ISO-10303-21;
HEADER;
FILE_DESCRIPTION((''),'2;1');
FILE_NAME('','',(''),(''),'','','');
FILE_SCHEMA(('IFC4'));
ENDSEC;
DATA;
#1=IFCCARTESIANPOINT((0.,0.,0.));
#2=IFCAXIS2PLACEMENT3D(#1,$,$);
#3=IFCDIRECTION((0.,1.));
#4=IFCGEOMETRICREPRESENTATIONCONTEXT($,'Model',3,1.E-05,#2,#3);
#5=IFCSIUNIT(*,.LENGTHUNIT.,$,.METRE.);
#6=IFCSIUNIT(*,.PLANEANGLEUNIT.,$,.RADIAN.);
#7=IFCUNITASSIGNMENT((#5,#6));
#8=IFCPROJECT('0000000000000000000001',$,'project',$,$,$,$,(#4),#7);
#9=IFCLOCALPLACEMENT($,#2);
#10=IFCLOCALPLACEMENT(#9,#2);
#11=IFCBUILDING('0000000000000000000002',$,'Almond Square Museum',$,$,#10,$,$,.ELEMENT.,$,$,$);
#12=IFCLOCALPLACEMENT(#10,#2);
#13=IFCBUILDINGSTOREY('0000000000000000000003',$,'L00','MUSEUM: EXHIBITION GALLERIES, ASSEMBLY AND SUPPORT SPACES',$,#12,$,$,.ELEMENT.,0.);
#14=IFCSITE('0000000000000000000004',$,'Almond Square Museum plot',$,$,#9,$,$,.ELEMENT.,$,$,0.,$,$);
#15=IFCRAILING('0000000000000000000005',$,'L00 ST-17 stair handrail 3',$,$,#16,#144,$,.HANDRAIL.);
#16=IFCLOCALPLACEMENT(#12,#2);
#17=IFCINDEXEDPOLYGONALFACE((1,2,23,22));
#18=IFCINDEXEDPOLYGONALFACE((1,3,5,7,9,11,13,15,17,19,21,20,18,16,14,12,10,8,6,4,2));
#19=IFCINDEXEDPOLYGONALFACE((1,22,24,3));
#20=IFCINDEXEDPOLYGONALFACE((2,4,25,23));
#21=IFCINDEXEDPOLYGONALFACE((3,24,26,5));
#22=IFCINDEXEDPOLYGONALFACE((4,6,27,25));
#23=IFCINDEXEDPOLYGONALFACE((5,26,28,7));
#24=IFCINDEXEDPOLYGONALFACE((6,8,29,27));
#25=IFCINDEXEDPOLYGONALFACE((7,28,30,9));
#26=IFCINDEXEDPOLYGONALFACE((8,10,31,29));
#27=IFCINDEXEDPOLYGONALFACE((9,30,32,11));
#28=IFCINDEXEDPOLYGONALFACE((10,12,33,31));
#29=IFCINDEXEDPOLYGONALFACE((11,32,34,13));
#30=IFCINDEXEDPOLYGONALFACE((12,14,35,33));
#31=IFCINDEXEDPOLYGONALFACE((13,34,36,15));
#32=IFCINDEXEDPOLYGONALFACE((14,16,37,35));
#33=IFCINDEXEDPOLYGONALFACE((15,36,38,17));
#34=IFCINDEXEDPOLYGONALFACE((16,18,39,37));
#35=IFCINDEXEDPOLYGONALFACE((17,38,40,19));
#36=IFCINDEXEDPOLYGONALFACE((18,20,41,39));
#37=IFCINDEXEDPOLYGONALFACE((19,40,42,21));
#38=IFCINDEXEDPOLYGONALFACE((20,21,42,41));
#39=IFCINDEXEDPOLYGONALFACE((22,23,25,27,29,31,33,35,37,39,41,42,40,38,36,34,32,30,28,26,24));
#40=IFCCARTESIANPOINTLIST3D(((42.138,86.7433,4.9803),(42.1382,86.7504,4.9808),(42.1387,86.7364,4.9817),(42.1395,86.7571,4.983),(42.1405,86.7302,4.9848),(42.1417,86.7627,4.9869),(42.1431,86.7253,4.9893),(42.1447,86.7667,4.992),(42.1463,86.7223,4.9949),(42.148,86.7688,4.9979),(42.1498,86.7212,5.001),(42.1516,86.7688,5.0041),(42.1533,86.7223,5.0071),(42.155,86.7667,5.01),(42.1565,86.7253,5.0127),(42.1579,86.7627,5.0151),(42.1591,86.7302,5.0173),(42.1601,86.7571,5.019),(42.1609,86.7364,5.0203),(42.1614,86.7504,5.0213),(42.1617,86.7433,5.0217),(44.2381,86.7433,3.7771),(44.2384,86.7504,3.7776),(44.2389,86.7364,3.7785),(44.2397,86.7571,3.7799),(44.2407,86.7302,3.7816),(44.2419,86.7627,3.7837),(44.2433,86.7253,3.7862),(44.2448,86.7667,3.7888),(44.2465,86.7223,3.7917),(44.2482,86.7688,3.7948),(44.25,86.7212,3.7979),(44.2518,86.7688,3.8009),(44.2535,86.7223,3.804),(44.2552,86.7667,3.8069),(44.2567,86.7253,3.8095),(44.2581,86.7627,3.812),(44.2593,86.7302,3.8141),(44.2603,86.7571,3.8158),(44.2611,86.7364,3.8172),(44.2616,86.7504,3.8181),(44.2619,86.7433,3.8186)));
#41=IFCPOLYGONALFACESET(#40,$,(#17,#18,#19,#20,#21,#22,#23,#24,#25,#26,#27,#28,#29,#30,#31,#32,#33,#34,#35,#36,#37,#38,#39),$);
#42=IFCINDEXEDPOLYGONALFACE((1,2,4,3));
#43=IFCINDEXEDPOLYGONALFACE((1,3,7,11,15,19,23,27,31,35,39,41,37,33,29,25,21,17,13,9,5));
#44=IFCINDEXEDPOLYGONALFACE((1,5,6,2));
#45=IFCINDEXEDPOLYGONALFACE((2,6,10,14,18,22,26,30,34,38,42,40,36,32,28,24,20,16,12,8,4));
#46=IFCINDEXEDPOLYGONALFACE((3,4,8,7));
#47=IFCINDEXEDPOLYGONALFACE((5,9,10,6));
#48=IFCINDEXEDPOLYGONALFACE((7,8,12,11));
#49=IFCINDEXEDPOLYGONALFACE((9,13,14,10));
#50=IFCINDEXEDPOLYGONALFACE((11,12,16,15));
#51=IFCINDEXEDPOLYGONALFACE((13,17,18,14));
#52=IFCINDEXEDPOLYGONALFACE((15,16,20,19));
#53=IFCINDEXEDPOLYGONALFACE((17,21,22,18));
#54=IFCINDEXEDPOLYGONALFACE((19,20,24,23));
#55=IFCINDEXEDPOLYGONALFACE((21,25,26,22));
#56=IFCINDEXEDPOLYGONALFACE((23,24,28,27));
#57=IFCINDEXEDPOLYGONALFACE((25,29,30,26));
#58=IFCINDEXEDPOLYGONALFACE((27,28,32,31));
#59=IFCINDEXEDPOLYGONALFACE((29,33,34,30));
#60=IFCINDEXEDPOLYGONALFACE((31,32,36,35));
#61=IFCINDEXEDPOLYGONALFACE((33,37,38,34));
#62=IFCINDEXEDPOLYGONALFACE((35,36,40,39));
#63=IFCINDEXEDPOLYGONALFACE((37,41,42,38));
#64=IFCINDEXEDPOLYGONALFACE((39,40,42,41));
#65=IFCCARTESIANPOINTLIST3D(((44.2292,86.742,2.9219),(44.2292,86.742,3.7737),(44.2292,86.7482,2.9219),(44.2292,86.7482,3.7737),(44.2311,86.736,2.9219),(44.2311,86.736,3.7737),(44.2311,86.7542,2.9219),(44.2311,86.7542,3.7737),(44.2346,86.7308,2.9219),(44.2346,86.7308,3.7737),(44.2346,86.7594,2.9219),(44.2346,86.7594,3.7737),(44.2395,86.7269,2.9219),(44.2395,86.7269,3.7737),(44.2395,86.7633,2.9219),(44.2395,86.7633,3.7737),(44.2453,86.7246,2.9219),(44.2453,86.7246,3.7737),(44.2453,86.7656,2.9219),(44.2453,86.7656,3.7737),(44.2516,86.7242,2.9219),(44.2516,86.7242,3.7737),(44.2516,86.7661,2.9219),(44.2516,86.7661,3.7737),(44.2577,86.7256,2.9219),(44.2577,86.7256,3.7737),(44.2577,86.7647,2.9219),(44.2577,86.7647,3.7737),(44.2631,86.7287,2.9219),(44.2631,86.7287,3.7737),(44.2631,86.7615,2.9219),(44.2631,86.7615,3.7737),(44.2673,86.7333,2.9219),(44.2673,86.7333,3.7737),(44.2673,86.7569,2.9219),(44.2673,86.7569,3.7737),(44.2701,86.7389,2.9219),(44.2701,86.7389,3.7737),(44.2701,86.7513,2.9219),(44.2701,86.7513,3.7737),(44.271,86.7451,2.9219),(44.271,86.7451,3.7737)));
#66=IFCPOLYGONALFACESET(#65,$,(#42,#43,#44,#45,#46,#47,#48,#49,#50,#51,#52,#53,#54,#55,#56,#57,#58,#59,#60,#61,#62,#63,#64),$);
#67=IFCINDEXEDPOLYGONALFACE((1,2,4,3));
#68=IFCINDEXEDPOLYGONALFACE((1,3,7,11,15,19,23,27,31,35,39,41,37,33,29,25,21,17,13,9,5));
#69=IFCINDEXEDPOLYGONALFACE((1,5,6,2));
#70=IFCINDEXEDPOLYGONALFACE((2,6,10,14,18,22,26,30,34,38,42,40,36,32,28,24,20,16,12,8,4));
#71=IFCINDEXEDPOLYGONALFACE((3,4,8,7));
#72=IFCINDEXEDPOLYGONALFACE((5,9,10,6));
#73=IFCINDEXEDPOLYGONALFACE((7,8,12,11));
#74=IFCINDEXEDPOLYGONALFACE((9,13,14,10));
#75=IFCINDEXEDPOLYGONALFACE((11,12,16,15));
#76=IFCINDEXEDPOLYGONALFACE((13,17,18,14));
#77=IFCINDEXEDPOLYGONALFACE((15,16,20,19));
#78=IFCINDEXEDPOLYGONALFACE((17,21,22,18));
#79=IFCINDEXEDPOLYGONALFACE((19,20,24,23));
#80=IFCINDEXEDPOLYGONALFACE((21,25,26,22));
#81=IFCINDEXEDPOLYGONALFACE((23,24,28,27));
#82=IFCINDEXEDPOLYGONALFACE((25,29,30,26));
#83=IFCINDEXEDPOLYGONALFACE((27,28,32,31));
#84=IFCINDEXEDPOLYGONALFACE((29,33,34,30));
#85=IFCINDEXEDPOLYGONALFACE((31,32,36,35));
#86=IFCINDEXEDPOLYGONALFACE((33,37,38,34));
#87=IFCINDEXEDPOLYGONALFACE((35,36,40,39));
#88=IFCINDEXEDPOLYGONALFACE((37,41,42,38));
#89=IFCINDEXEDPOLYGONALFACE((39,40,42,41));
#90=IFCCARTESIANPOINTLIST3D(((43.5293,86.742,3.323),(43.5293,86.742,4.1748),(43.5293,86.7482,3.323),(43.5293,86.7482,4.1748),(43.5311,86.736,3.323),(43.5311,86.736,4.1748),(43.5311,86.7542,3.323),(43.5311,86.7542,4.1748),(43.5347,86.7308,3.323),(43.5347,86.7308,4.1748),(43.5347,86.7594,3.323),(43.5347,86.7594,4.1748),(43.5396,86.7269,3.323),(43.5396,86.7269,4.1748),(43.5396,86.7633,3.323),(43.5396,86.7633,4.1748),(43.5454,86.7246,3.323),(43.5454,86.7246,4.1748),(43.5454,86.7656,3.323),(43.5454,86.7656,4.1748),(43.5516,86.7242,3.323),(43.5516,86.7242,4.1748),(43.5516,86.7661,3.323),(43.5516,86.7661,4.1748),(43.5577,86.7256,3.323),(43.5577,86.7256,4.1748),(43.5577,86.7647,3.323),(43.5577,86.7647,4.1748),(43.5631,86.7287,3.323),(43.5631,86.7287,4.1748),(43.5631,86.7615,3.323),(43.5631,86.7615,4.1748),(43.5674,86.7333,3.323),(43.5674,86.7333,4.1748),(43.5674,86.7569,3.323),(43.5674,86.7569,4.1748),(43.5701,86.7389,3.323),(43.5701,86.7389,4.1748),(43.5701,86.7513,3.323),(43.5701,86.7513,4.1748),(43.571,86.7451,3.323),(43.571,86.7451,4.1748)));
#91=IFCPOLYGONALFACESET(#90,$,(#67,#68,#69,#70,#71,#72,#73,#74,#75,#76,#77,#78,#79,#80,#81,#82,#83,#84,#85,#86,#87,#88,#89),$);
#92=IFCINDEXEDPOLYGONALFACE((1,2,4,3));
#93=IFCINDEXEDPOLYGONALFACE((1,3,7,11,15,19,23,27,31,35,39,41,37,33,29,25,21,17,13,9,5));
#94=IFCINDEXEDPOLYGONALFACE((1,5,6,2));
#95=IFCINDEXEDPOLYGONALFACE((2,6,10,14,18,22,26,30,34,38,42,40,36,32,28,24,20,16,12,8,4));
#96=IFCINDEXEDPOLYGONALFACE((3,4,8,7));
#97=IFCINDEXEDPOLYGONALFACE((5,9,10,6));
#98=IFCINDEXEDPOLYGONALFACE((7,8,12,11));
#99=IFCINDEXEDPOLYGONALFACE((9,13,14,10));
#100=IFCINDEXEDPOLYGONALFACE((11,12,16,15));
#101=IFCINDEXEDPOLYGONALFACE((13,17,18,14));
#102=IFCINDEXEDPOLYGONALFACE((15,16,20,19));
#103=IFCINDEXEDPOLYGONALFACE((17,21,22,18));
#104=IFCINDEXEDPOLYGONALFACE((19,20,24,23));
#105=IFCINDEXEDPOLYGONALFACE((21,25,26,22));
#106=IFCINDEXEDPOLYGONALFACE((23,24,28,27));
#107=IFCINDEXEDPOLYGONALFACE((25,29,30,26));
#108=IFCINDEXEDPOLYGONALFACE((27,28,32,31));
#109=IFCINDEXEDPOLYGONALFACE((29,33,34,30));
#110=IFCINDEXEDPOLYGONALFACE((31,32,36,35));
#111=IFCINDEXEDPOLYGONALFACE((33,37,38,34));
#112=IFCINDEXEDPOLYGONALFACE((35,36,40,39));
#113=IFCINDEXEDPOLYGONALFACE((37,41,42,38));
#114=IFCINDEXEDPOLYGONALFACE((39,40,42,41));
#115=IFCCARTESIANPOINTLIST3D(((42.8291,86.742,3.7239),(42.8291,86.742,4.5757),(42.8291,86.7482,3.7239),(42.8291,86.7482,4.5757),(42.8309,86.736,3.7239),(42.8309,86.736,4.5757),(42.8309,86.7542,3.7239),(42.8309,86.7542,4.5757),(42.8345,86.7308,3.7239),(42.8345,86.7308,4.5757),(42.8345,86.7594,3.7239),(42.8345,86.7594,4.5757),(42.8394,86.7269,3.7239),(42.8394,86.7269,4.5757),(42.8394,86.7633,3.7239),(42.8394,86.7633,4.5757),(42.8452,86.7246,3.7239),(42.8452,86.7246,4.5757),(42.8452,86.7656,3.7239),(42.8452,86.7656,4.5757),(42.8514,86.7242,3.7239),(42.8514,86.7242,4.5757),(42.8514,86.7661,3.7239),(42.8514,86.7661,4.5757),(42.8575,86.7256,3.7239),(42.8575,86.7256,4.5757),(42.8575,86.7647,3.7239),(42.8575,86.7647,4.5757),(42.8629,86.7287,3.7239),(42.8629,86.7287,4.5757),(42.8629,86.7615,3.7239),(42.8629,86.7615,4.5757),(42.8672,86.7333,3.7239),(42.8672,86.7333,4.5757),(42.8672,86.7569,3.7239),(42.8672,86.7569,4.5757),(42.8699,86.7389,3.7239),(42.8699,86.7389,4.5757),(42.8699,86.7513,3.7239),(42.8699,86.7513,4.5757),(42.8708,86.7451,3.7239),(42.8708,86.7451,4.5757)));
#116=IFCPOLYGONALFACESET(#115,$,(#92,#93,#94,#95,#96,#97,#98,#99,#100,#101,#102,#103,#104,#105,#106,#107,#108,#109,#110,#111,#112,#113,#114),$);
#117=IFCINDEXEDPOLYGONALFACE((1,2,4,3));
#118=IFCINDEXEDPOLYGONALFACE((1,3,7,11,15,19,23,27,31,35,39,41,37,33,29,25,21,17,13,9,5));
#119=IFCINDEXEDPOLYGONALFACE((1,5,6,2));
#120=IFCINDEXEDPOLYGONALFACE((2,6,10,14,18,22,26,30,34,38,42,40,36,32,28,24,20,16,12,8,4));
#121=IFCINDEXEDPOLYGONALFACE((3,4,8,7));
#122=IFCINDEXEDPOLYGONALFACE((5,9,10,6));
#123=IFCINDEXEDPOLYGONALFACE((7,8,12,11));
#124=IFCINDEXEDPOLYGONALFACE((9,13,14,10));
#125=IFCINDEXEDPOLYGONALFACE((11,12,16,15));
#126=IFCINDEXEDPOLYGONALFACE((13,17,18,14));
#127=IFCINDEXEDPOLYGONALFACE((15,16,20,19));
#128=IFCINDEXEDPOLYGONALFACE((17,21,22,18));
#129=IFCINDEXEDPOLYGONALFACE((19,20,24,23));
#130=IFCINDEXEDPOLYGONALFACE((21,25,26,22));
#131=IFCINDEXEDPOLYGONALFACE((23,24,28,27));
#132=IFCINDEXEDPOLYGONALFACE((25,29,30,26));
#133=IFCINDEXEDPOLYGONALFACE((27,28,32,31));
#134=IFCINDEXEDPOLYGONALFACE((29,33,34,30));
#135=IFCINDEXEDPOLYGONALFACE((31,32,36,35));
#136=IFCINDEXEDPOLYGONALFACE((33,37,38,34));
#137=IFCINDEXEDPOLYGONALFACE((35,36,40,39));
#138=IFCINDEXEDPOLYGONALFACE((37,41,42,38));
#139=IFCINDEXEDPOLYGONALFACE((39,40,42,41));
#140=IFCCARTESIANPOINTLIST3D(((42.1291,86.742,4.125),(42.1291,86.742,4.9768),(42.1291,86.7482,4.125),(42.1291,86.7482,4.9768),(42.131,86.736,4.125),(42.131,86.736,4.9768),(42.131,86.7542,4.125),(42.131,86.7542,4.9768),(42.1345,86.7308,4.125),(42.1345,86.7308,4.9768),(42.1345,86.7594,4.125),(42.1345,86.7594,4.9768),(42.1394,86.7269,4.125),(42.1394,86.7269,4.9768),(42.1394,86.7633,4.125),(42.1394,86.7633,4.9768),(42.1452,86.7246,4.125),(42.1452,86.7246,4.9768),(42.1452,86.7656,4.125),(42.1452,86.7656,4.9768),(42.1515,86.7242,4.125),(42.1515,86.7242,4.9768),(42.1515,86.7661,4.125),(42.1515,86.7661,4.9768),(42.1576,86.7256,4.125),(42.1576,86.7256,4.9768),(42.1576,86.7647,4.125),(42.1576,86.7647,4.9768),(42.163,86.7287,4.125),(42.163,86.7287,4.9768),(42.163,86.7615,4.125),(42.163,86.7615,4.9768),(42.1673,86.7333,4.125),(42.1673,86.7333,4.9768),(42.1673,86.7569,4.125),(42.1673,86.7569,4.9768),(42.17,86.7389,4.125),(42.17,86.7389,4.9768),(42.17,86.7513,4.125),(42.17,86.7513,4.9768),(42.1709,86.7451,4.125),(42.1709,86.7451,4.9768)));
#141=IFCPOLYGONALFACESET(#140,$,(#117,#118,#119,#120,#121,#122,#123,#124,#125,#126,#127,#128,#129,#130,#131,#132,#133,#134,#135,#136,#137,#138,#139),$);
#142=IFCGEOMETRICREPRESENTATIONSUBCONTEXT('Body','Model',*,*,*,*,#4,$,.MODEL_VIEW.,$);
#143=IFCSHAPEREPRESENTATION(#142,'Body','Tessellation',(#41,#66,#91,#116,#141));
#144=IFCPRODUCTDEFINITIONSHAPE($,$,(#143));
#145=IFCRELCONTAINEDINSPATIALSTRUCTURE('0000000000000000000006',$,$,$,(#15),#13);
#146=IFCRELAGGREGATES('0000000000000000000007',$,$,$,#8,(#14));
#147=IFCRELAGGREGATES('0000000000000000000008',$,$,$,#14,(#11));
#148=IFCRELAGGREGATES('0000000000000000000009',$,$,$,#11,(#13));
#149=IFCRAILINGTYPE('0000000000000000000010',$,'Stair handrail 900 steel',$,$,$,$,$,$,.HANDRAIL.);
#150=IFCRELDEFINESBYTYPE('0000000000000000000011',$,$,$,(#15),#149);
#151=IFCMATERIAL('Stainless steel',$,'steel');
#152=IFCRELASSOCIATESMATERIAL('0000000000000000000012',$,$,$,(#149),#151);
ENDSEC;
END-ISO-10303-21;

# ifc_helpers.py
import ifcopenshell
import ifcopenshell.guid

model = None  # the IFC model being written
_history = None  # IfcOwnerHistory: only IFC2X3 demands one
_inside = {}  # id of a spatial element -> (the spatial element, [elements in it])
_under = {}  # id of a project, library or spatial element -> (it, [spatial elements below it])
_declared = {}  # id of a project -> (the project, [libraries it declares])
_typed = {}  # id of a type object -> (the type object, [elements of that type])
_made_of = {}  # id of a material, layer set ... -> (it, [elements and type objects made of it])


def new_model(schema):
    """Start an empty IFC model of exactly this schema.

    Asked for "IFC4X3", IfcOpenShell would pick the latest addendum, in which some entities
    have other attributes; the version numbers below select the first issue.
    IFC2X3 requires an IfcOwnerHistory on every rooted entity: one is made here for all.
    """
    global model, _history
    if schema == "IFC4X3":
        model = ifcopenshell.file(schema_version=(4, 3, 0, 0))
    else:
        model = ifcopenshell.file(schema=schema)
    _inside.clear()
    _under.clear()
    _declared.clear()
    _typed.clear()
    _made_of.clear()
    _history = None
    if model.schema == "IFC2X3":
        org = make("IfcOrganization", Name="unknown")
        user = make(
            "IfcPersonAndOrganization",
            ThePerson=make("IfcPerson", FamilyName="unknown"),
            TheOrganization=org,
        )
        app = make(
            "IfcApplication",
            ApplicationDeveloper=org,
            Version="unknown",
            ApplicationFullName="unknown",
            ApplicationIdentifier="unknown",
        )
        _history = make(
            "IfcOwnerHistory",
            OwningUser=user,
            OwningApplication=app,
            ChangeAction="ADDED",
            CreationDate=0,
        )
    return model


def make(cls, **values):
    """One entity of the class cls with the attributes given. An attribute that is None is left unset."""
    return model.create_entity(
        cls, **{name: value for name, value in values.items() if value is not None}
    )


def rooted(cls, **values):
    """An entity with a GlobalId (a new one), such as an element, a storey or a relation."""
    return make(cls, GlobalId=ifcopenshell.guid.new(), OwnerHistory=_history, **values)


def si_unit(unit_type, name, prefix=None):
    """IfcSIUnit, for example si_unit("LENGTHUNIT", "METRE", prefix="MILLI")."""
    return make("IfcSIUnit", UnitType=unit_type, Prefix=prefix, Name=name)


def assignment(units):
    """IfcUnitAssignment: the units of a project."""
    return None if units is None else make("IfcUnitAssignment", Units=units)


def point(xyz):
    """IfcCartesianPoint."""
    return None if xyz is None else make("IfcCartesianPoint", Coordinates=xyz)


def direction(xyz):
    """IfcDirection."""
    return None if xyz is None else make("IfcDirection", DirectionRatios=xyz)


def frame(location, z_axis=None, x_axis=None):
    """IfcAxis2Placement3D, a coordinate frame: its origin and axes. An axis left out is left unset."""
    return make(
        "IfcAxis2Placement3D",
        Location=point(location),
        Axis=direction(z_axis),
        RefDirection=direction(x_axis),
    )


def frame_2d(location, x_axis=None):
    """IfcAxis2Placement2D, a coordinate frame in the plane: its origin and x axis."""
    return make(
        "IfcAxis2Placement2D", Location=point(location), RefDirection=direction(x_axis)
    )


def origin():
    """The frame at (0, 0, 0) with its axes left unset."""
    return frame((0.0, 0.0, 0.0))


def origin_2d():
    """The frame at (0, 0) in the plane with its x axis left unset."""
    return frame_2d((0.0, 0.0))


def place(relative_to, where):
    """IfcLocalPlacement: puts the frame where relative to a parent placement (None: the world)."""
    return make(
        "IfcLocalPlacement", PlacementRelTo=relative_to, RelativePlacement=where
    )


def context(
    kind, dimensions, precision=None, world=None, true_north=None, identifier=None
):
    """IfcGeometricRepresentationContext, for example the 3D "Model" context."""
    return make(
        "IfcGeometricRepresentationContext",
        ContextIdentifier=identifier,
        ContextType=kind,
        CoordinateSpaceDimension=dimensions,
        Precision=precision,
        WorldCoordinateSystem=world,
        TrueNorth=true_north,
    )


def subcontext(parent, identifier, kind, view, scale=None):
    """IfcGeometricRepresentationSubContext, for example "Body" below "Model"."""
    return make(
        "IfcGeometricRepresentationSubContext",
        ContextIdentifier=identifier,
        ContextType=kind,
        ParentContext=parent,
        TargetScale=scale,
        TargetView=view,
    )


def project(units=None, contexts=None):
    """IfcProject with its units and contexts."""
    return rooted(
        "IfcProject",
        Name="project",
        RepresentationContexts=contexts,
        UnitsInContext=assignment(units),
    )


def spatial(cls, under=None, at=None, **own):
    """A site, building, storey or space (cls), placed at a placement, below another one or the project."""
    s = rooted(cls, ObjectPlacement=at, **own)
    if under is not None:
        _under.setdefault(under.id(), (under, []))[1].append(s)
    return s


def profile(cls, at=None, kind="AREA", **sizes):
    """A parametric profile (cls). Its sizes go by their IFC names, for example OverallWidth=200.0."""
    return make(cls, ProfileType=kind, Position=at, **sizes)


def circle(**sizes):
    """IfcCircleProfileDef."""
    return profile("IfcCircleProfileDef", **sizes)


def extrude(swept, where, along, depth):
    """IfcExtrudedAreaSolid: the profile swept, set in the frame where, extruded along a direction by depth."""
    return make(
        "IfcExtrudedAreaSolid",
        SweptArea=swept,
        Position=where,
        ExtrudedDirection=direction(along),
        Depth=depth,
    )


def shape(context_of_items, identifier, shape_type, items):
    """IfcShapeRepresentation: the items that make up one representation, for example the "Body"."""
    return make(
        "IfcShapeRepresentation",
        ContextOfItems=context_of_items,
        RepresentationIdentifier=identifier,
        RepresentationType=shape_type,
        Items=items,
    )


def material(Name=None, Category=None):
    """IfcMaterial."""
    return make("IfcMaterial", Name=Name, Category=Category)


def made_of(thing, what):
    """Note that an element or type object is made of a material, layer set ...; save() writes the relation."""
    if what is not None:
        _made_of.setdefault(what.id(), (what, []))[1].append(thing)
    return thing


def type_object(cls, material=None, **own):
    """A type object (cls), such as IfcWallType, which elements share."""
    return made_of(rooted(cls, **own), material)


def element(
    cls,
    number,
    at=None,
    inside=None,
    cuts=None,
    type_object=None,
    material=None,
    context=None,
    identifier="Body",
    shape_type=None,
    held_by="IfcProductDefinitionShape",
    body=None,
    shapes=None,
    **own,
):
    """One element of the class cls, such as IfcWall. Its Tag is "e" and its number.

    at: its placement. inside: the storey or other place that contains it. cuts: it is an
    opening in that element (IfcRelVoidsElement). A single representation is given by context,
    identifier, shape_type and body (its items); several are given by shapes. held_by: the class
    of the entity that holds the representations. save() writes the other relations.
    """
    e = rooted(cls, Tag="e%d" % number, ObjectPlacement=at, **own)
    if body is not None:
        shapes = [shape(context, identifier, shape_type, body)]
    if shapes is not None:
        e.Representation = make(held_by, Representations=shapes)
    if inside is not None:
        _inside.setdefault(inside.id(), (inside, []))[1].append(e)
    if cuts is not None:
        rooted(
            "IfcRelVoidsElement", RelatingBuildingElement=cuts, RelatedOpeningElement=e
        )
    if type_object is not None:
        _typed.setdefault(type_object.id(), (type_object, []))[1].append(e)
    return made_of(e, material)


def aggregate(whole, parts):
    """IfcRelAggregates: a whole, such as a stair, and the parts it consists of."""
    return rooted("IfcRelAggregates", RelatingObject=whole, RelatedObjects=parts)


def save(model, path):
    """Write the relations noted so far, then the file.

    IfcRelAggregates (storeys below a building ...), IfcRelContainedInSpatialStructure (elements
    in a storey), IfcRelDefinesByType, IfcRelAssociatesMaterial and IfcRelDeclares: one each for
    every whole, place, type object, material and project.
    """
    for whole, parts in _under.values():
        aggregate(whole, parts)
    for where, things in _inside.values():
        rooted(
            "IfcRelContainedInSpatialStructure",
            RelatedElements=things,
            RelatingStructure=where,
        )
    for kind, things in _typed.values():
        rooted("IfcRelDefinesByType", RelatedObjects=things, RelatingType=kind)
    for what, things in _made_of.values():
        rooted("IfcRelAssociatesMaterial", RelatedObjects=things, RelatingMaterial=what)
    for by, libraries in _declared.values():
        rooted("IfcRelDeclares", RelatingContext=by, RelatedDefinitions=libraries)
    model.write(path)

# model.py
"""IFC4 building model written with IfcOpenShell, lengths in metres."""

from ifc_helpers import new_model, si_unit, direction, frame, origin, origin_2d, place, context, subcontext, project, spatial, circle, extrude, material, type_object, element, save


model = new_model("IFC4")

# Units and contexts
model_context = context("Model", 3, precision=1e-05, world=origin(), true_north=direction((0.0, 1.0)))
body_context = subcontext(model_context, "Body", "Model", "MODEL_VIEW")
ifc_project = project(units=[si_unit("LENGTHUNIT", "METRE"), si_unit("PLANEANGLEUNIT", "RADIAN")], contexts=[model_context])

# Site, building, storey
site_placement = place(None, origin())
site = spatial("IfcSite", under=ifc_project, at=site_placement, Name="Almond Square Museum plot", CompositionType="ELEMENT", RefElevation=0.0)
building_placement = place(site_placement, origin())
building = spatial("IfcBuilding", under=site, at=building_placement, Name="Almond Square Museum", CompositionType="ELEMENT")
storey_placement = place(building_placement, origin())
storey = spatial("IfcBuildingStorey", under=building, at=storey_placement, Name="L00", Description="MUSEUM: EXHIBITION GALLERIES, ASSEMBLY AND SUPPORT SPACES", CompositionType="ELEMENT", Elevation=0.0)

# Railing
ifc_material_1 = material(Name="Stainless steel", Category="steel")
railing_type_1 = type_object("IfcRailingType", Name="Stair handrail 900 steel", PredefinedType="HANDRAIL", material=ifc_material_1)
for number, where, name in (
    (1, (44.25, 86.7451, 2.9219), "L00 ST-17 stair handrail 3"),
):
    element("IfcRailing", number, at=place(storey_placement, frame(where)), inside=storey, type_object=railing_type_1, Name=name, PredefinedType="HANDRAIL", context=body_context, shape_type="SweptSolid", body=[
        extrude(circle(Radius=0.0239, at=origin_2d()), frame((0.0, 0.0, 0.876), z_axis=(-0.867696, 0.0, 0.497095), x_axis=(0.0, -1.0, 0.0)), (0.0, 0.0, 1.0), 2.4204),
        extrude(circle(Radius=0.021, at=origin_2d()), origin(), (0.0, 0.0, 1.0), 0.8518),
        extrude(circle(Radius=0.021, at=origin_2d()), frame((-0.7, 0.0, 0.4011)), (0.0, 0.0, 1.0), 0.8518),
        extrude(circle(Radius=0.021, at=origin_2d()), frame((-1.4001, 0.0, 0.802)), (0.0, 0.0, 1.0), 0.8518),
        extrude(circle(Radius=0.021, at=origin_2d()), frame((-2.1001, 0.0, 1.2031)), (0.0, 0.0, 1.0), 0.8518),
    ])

save(model, "model.ifc")
